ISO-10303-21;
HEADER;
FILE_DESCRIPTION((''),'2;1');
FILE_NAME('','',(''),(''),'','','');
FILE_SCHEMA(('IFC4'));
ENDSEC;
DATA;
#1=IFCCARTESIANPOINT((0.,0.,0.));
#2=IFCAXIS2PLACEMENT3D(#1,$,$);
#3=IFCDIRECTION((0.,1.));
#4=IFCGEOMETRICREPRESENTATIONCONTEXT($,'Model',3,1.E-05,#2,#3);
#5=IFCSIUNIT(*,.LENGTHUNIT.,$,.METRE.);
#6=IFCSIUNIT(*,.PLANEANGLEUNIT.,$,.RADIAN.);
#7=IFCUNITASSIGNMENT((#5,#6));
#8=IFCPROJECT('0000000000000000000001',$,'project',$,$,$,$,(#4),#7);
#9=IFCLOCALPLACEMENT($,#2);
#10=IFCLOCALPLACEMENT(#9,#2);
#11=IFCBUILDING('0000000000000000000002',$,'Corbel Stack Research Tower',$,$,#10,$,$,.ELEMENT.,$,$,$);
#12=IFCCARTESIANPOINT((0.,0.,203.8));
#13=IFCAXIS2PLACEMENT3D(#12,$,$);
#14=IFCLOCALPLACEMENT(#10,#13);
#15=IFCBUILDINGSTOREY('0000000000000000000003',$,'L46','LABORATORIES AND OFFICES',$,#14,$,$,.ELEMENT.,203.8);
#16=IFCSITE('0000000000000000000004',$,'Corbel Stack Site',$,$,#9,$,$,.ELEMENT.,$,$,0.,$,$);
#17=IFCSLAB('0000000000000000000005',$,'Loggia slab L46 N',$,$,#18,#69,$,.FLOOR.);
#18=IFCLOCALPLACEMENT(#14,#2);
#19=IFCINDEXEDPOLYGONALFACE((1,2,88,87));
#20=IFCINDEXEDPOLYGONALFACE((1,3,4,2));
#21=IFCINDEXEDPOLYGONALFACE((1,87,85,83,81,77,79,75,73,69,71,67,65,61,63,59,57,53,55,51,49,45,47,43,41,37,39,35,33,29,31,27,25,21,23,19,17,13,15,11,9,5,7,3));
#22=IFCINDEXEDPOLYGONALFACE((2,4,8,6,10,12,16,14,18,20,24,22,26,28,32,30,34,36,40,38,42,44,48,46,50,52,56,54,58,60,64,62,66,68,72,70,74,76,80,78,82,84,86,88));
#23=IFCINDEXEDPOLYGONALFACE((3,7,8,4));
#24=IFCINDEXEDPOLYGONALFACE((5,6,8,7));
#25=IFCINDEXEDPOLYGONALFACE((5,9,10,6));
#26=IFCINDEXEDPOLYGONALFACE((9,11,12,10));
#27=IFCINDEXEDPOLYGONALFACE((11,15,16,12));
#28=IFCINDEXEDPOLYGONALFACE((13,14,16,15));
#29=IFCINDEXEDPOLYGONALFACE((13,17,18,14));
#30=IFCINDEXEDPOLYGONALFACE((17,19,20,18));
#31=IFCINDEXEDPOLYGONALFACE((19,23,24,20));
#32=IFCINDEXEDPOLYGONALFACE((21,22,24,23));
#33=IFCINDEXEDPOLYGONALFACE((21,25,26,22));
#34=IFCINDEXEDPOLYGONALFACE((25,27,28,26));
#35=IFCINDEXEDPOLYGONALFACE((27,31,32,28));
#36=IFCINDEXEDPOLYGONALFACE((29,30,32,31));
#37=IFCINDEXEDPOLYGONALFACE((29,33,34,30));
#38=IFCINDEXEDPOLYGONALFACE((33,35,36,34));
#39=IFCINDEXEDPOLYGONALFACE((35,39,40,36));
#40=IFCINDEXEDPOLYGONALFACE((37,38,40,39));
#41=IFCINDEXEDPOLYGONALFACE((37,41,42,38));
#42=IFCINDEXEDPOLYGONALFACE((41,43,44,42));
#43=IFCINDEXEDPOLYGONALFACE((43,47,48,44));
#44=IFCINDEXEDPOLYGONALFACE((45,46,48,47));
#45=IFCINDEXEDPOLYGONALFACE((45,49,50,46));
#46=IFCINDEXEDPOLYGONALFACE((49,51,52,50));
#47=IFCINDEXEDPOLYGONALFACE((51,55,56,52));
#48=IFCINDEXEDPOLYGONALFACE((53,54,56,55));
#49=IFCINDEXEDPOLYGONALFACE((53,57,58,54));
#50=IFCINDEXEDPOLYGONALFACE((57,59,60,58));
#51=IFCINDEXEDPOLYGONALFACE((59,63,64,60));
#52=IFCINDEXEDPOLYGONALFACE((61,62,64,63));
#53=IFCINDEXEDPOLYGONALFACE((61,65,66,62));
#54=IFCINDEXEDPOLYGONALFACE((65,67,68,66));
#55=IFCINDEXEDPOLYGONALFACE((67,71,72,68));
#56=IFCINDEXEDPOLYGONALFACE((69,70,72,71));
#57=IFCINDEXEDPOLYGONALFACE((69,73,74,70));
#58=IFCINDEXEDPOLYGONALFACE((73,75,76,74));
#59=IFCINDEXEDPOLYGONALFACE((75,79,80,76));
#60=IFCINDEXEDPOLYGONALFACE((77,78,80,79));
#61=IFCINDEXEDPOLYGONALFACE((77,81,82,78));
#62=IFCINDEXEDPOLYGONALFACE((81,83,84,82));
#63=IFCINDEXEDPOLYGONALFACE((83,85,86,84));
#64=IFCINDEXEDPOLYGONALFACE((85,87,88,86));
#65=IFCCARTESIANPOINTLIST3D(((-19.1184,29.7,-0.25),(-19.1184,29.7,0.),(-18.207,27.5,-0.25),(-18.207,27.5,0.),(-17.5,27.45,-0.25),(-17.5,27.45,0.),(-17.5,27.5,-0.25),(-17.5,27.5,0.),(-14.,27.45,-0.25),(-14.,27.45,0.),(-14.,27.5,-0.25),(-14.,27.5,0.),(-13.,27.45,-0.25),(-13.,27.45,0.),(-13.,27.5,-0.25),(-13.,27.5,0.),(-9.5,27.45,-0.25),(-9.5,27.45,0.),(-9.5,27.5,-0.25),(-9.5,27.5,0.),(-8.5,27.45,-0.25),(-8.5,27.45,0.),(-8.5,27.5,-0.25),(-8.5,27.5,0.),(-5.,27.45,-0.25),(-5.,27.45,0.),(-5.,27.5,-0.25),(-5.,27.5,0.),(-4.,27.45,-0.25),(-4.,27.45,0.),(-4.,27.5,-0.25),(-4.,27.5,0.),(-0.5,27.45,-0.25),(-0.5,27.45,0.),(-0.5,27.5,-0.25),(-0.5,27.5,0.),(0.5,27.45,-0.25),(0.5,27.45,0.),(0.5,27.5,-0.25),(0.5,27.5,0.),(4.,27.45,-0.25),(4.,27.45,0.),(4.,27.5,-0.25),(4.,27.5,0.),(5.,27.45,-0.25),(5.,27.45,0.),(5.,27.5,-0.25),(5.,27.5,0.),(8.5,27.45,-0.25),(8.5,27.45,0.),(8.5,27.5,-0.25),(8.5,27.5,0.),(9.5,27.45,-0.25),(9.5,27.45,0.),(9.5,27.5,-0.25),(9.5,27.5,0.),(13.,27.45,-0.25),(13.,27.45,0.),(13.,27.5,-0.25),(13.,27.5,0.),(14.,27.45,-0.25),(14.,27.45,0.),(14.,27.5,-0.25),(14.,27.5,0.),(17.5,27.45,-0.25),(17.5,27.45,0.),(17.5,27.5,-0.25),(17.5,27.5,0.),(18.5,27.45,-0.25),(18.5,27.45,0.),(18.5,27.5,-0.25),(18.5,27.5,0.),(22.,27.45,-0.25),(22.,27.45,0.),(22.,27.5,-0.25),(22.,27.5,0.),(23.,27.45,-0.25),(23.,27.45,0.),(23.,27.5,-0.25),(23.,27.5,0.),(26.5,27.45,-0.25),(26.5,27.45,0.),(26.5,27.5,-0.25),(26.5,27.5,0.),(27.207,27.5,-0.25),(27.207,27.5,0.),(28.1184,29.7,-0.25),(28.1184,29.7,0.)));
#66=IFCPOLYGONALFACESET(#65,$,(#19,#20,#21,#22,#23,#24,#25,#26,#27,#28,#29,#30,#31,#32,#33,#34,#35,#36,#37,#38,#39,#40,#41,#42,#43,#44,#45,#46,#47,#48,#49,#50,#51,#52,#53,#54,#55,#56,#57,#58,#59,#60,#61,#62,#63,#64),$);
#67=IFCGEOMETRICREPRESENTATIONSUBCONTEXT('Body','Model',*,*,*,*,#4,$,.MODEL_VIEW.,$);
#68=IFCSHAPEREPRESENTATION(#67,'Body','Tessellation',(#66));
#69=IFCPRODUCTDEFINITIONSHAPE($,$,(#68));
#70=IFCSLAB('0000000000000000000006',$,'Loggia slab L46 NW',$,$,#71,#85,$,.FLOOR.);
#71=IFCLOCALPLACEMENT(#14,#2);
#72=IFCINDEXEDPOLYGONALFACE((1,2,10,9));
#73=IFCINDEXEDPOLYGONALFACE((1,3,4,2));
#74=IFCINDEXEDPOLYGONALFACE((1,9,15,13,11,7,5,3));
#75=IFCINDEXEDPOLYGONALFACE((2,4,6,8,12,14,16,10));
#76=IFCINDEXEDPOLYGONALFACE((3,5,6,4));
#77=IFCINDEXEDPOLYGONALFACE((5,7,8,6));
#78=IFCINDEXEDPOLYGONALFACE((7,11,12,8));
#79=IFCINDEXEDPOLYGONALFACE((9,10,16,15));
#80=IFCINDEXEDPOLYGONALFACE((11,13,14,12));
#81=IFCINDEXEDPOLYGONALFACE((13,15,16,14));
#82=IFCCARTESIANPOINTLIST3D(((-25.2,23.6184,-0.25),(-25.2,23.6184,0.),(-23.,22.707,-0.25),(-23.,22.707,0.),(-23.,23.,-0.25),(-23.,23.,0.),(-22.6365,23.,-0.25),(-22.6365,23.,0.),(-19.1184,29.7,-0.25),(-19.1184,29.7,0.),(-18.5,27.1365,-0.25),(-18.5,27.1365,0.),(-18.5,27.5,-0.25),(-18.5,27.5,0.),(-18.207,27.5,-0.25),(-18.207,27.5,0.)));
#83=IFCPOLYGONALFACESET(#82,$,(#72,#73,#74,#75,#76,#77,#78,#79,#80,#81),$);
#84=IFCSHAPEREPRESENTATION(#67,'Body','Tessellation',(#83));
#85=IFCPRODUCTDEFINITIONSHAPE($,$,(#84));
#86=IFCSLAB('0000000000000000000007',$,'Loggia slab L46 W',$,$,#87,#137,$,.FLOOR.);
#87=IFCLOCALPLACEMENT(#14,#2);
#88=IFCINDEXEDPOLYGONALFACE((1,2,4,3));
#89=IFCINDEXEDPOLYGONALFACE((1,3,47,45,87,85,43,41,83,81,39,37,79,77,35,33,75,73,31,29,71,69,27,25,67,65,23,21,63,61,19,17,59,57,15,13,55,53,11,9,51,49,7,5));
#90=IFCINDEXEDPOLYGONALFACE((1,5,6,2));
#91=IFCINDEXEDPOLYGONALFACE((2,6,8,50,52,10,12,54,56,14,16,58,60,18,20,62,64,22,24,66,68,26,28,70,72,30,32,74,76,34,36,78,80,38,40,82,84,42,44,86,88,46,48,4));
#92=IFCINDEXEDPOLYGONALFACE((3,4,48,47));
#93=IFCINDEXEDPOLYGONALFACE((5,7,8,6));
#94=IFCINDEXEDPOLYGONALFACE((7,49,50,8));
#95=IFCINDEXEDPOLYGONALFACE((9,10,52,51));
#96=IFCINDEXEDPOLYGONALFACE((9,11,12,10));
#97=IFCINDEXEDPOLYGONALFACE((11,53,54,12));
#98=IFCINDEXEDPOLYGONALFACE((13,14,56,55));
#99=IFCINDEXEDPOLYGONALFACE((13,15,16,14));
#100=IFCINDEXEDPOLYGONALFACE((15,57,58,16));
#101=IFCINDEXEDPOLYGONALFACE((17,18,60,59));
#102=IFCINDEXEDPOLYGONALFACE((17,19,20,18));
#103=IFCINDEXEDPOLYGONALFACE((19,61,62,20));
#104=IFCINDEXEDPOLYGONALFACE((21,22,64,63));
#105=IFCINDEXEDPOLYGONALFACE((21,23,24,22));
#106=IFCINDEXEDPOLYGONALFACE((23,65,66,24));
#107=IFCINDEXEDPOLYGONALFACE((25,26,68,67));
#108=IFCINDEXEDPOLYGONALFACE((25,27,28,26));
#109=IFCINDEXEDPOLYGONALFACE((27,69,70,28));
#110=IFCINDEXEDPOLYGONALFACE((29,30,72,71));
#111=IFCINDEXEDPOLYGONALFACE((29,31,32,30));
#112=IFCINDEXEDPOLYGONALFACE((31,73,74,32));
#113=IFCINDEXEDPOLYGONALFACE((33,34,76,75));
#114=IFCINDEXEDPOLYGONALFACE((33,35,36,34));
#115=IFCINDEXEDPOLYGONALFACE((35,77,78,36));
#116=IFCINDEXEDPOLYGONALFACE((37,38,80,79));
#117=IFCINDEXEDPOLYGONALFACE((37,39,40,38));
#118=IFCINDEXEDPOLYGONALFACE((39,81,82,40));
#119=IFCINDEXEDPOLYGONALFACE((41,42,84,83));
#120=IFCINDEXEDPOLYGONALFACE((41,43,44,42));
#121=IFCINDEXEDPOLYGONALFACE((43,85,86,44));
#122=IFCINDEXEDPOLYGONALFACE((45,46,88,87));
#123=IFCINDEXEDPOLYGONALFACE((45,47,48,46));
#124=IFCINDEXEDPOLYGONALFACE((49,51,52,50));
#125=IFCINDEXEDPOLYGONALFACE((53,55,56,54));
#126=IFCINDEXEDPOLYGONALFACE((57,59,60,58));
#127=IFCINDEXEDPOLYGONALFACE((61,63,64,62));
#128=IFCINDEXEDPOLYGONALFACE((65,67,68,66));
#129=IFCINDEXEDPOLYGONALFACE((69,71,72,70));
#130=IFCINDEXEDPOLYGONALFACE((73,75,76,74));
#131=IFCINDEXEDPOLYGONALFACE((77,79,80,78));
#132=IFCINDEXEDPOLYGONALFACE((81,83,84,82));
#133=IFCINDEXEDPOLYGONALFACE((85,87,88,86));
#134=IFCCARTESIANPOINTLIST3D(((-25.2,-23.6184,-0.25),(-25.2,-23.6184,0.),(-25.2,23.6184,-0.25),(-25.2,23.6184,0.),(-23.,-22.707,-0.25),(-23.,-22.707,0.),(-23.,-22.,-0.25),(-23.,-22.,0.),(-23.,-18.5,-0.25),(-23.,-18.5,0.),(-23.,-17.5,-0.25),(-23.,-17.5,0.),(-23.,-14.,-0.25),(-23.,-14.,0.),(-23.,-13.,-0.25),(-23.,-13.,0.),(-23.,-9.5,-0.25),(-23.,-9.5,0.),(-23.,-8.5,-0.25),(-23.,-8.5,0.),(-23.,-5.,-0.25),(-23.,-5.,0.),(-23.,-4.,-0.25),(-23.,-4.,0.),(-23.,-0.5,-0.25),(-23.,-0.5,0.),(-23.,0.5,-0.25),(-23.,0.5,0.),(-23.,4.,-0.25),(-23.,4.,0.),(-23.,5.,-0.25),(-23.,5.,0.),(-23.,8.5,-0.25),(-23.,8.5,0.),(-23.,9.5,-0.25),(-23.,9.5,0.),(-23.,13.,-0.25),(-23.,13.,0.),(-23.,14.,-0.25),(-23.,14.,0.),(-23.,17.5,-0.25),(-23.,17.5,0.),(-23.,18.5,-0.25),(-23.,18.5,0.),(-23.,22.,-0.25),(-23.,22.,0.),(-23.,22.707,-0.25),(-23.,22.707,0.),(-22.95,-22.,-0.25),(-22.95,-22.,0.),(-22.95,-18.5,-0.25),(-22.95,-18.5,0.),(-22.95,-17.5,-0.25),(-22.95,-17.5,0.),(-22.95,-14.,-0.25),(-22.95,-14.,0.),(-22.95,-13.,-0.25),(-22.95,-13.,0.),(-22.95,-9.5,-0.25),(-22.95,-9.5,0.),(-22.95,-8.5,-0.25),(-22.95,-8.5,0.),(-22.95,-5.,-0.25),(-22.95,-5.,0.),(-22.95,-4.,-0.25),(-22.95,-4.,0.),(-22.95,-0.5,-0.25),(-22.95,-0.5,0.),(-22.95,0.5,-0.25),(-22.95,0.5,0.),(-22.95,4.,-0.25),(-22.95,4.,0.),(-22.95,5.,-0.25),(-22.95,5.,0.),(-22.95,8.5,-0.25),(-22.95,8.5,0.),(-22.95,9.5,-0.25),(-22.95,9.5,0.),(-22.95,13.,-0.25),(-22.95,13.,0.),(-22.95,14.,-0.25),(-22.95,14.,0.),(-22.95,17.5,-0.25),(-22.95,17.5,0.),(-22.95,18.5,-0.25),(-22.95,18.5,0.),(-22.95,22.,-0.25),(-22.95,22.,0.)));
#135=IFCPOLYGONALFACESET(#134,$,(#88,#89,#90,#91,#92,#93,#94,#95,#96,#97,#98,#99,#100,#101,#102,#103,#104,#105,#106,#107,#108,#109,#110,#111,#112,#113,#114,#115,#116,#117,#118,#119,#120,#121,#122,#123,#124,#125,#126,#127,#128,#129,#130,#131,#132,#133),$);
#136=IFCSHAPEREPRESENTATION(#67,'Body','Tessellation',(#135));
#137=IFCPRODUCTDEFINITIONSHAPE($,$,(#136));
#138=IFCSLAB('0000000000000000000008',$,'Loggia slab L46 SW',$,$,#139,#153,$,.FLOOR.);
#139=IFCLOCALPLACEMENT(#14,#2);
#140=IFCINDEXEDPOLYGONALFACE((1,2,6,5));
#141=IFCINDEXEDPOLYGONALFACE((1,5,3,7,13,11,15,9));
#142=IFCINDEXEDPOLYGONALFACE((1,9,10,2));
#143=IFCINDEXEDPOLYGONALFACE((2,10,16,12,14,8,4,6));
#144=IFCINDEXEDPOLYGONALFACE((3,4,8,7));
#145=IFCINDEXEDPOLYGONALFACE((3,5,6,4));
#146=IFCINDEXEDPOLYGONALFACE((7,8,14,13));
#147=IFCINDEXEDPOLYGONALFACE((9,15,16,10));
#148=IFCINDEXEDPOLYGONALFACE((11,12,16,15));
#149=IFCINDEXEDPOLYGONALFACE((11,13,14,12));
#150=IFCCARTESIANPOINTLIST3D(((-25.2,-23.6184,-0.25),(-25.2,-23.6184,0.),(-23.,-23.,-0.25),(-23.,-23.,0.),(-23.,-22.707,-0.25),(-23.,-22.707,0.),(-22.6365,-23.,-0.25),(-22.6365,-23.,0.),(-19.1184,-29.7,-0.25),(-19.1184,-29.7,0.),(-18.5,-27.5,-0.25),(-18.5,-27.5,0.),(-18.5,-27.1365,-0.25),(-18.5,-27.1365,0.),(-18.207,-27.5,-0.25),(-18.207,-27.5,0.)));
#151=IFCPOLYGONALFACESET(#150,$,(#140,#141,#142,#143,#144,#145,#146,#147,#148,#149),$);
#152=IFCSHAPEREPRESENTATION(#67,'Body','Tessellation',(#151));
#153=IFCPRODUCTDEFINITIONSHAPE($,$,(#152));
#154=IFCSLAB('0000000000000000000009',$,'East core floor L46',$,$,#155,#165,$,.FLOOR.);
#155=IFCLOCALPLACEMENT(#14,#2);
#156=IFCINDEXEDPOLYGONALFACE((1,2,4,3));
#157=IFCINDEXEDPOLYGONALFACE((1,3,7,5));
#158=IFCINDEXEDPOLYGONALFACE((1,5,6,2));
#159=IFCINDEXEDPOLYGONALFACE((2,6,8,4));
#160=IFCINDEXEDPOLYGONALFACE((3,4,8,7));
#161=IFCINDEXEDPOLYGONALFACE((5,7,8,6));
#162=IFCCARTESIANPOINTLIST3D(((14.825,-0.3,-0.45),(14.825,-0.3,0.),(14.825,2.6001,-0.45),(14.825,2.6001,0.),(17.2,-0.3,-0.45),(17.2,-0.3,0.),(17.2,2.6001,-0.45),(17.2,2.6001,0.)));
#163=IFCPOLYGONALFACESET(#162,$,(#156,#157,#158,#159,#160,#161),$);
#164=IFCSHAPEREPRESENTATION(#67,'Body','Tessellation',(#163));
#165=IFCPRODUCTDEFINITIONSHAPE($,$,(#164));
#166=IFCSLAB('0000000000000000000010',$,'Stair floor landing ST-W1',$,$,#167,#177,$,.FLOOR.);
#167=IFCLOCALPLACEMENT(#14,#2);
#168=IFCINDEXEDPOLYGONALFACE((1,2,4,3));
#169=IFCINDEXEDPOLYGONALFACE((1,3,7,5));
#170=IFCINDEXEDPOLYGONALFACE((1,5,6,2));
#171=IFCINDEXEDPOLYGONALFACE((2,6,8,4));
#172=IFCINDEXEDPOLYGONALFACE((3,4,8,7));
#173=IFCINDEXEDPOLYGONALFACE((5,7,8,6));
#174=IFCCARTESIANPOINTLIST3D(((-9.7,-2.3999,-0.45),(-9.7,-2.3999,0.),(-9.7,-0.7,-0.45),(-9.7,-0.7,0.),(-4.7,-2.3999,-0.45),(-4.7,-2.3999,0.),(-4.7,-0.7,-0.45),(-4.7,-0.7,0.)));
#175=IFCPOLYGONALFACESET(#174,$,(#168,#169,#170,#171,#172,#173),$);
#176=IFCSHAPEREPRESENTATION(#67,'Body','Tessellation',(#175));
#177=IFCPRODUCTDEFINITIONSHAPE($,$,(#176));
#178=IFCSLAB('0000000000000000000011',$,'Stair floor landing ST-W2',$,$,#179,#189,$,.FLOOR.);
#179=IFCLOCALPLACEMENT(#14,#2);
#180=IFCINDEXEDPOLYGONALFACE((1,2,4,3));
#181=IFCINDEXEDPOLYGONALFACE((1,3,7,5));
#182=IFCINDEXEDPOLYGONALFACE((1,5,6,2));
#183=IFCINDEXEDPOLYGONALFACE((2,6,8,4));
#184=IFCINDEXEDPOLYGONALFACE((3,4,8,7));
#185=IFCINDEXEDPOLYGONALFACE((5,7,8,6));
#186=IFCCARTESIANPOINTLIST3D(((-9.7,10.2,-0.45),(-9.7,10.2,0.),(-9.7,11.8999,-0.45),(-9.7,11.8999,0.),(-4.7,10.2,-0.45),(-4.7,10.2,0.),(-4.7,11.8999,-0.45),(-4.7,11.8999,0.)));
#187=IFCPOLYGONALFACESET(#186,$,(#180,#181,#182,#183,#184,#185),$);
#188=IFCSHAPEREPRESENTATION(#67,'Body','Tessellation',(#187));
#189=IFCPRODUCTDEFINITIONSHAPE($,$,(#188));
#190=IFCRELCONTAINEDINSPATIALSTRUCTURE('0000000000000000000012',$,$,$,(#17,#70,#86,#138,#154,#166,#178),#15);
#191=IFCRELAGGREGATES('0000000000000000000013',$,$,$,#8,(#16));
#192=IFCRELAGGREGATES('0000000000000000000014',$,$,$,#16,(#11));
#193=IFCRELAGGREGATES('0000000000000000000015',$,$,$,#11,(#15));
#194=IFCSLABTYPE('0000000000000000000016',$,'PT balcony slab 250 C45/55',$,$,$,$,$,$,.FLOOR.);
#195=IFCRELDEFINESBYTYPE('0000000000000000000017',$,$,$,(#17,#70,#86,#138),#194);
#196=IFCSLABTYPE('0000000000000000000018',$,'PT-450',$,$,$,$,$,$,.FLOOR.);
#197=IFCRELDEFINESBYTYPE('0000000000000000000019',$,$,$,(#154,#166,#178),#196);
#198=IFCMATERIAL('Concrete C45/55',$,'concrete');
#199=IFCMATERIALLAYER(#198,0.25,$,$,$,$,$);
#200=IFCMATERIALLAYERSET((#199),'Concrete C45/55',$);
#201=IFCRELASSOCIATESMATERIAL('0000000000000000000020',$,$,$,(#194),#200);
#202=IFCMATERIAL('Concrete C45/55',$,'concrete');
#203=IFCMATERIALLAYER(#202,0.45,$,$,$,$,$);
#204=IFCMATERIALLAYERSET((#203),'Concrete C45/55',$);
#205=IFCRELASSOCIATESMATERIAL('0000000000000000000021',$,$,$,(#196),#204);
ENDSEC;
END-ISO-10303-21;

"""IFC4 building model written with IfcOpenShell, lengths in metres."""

from ifc_helpers import new_model, si_unit, direction, frame, origin, place, context, subcontext, project, spatial, polyline, outline, extrude, material, layer, layer_set, type_object, element, save


model = new_model("IFC4")

# Units and contexts
model_context = context("Model", 3, precision=1e-05, world=origin(), true_north=direction((0.0, 1.0)))
body_context = subcontext(model_context, "Body", "Model", "MODEL_VIEW")
ifc_project = project(units=[si_unit("LENGTHUNIT", "METRE"), si_unit("PLANEANGLEUNIT", "RADIAN")], contexts=[model_context])

# Site, building, storey
site_placement = place(None, origin())
site = spatial("IfcSite", under=ifc_project, at=site_placement, Name="Corbel Stack Site", CompositionType="ELEMENT", RefElevation=0.0)
building_placement = place(site_placement, origin())
building = spatial("IfcBuilding", under=site, at=building_placement, Name="Corbel Stack Research Tower", CompositionType="ELEMENT")
storey_placement = place(building_placement, frame((0.0, 0.0, 203.8)))
storey = spatial("IfcBuildingStorey", under=building, at=storey_placement, Name="L46", Description="LABORATORIES AND OFFICES", CompositionType="ELEMENT", Elevation=203.8)

# Slabs
ifc_material_1 = material(Name="Concrete C45/55", Category="concrete")
ifc_layer_1 = layer(ifc_material_1, 0.25)
ifc_layer_set_1 = layer_set([ifc_layer_1], Name="Concrete C45/55")
slab_type_1 = type_object("IfcSlabType", Name="PT balcony slab 250 C45/55", PredefinedType="FLOOR", material=ifc_layer_set_1)
slab_1_placement = place(storey_placement, frame((0.0, 0.0, -0.25)))
element("IfcSlab", 1, at=slab_1_placement, inside=storey, type_object=slab_type_1, Name="Loggia slab L46 N", PredefinedType="FLOOR", context=body_context, shape_type="SweptSolid", body=[
    extrude(outline(polyline([(-18.207, 27.5), (-17.5, 27.5), (-17.5, 27.45), (-14.0, 27.45), (-14.0, 27.5), (-13.0, 27.5), (-13.0, 27.45), (-9.5, 27.45), (-9.5, 27.5), (-8.5, 27.5), (-8.5, 27.45), (-5.0, 27.45), (-5.0, 27.5), (-4.0, 27.5), (-4.0, 27.45), (-0.5, 27.45), (-0.5, 27.5), (0.5, 27.5), (0.5, 27.45), (4.0, 27.45), (4.0, 27.5), (5.0, 27.5), (5.0, 27.45), (8.5, 27.45), (8.5, 27.5), (9.5, 27.5), (9.5, 27.45), (13.0, 27.45), (13.0, 27.5), (14.0, 27.5), (14.0, 27.45), (17.5, 27.45), (17.5, 27.5), (18.5, 27.5), (18.5, 27.45), (22.0, 27.45), (22.0, 27.5), (23.0, 27.5), (23.0, 27.45), (26.5, 27.45), (26.5, 27.5), (27.207, 27.5), (28.1184, 29.7), (-19.1184, 29.7), (-18.207, 27.5)])), origin(), (0.0, 0.0, 1.0), 0.25),
])
slab_2_placement = place(storey_placement, frame((0.0, 0.0, -0.25)))
element("IfcSlab", 2, at=slab_2_placement, inside=storey, type_object=slab_type_1, Name="Loggia slab L46 NW", PredefinedType="FLOOR", context=body_context, shape_type="SweptSolid", body=[
    extrude(outline(polyline([(-23.0, 22.707), (-23.0, 23.0), (-22.6365, 23.0), (-18.5, 27.1365), (-18.5, 27.5), (-18.207, 27.5), (-19.1184, 29.7), (-25.2, 23.6184), (-23.0, 22.707)])), origin(), (0.0, 0.0, 1.0), 0.25),
])
slab_3_placement = place(storey_placement, frame((0.0, 0.0, -0.25)))
element("IfcSlab", 3, at=slab_3_placement, inside=storey, type_object=slab_type_1, Name="Loggia slab L46 W", PredefinedType="FLOOR", context=body_context, shape_type="SweptSolid", body=[
    extrude(outline(polyline([(-23.0, -22.707), (-23.0, -22.0), (-22.95, -22.0), (-22.95, -18.5), (-23.0, -18.5), (-23.0, -17.5), (-22.95, -17.5), (-22.95, -14.0), (-23.0, -14.0), (-23.0, -13.0), (-22.95, -13.0), (-22.95, -9.5), (-23.0, -9.5), (-23.0, -8.5), (-22.95, -8.5), (-22.95, -5.0), (-23.0, -5.0), (-23.0, -4.0), (-22.95, -4.0), (-22.95, -0.5), (-23.0, -0.5), (-23.0, 0.5), (-22.95, 0.5), (-22.95, 4.0), (-23.0, 4.0), (-23.0, 5.0), (-22.95, 5.0), (-22.95, 8.5), (-23.0, 8.5), (-23.0, 9.5), (-22.95, 9.5), (-22.95, 13.0), (-23.0, 13.0), (-23.0, 14.0), (-22.95, 14.0), (-22.95, 17.5), (-23.0, 17.5), (-23.0, 18.5), (-22.95, 18.5), (-22.95, 22.0), (-23.0, 22.0), (-23.0, 22.707), (-25.2, 23.6184), (-25.2, -23.6184), (-23.0, -22.707)])), origin(), (0.0, 0.0, 1.0), 0.25),
])
slab_4_placement = place(storey_placement, frame((0.0, 0.0, -0.25)))
element("IfcSlab", 4, at=slab_4_placement, inside=storey, type_object=slab_type_1, Name="Loggia slab L46 SW", PredefinedType="FLOOR", context=body_context, shape_type="SweptSolid", body=[
    extrude(outline(polyline([(-18.207, -27.5), (-18.5, -27.5), (-18.5, -27.1365), (-22.6365, -23.0), (-23.0, -23.0), (-23.0, -22.707), (-25.2, -23.6184), (-19.1184, -29.7), (-18.207, -27.5)])), origin(), (0.0, 0.0, 1.0), 0.25),
])
ifc_material_2 = material(Name="Concrete C45/55", Category="concrete")
ifc_layer_2 = layer(ifc_material_2, 0.45)
ifc_layer_set_2 = layer_set([ifc_layer_2], Name="Concrete C45/55")
slab_type_2 = type_object("IfcSlabType", Name="PT-450", PredefinedType="FLOOR", material=ifc_layer_set_2)
slab_5_placement = place(storey_placement, frame((0.0, 0.0, -0.45)))
element("IfcSlab", 5, at=slab_5_placement, inside=storey, type_object=slab_type_2, Name="East core floor L46", PredefinedType="FLOOR", context=body_context, shape_type="SweptSolid", body=[
    extrude(outline(polyline([(17.2, -0.3), (17.2, 2.6001), (14.825, 2.6001), (14.825, -0.3), (17.2, -0.3)])), origin(), (0.0, 0.0, 1.0), 0.45),
])
slab_6_placement = place(storey_placement, frame((0.0, 0.0, -0.45)))
element("IfcSlab", 6, at=slab_6_placement, inside=storey, type_object=slab_type_2, Name="Stair floor landing ST-W1", PredefinedType="FLOOR", context=body_context, shape_type="SweptSolid", body=[
    extrude(outline(polyline([(-9.7, -2.3999), (-4.7, -2.3999), (-4.7, -0.7), (-9.7, -0.7), (-9.7, -2.3999)])), origin(), (0.0, 0.0, 1.0), 0.45),
])
slab_7_placement = place(storey_placement, frame((0.0, 0.0, -0.45)))
element("IfcSlab", 7, at=slab_7_placement, inside=storey, type_object=slab_type_2, Name="Stair floor landing ST-W2", PredefinedType="FLOOR", context=body_context, shape_type="SweptSolid", body=[
    extrude(outline(polyline([(-9.7, 10.2), (-4.7, 10.2), (-4.7, 11.8999), (-9.7, 11.8999), (-9.7, 10.2)])), origin(), (0.0, 0.0, 1.0), 0.45),
])

save(model, "model.ifc")
